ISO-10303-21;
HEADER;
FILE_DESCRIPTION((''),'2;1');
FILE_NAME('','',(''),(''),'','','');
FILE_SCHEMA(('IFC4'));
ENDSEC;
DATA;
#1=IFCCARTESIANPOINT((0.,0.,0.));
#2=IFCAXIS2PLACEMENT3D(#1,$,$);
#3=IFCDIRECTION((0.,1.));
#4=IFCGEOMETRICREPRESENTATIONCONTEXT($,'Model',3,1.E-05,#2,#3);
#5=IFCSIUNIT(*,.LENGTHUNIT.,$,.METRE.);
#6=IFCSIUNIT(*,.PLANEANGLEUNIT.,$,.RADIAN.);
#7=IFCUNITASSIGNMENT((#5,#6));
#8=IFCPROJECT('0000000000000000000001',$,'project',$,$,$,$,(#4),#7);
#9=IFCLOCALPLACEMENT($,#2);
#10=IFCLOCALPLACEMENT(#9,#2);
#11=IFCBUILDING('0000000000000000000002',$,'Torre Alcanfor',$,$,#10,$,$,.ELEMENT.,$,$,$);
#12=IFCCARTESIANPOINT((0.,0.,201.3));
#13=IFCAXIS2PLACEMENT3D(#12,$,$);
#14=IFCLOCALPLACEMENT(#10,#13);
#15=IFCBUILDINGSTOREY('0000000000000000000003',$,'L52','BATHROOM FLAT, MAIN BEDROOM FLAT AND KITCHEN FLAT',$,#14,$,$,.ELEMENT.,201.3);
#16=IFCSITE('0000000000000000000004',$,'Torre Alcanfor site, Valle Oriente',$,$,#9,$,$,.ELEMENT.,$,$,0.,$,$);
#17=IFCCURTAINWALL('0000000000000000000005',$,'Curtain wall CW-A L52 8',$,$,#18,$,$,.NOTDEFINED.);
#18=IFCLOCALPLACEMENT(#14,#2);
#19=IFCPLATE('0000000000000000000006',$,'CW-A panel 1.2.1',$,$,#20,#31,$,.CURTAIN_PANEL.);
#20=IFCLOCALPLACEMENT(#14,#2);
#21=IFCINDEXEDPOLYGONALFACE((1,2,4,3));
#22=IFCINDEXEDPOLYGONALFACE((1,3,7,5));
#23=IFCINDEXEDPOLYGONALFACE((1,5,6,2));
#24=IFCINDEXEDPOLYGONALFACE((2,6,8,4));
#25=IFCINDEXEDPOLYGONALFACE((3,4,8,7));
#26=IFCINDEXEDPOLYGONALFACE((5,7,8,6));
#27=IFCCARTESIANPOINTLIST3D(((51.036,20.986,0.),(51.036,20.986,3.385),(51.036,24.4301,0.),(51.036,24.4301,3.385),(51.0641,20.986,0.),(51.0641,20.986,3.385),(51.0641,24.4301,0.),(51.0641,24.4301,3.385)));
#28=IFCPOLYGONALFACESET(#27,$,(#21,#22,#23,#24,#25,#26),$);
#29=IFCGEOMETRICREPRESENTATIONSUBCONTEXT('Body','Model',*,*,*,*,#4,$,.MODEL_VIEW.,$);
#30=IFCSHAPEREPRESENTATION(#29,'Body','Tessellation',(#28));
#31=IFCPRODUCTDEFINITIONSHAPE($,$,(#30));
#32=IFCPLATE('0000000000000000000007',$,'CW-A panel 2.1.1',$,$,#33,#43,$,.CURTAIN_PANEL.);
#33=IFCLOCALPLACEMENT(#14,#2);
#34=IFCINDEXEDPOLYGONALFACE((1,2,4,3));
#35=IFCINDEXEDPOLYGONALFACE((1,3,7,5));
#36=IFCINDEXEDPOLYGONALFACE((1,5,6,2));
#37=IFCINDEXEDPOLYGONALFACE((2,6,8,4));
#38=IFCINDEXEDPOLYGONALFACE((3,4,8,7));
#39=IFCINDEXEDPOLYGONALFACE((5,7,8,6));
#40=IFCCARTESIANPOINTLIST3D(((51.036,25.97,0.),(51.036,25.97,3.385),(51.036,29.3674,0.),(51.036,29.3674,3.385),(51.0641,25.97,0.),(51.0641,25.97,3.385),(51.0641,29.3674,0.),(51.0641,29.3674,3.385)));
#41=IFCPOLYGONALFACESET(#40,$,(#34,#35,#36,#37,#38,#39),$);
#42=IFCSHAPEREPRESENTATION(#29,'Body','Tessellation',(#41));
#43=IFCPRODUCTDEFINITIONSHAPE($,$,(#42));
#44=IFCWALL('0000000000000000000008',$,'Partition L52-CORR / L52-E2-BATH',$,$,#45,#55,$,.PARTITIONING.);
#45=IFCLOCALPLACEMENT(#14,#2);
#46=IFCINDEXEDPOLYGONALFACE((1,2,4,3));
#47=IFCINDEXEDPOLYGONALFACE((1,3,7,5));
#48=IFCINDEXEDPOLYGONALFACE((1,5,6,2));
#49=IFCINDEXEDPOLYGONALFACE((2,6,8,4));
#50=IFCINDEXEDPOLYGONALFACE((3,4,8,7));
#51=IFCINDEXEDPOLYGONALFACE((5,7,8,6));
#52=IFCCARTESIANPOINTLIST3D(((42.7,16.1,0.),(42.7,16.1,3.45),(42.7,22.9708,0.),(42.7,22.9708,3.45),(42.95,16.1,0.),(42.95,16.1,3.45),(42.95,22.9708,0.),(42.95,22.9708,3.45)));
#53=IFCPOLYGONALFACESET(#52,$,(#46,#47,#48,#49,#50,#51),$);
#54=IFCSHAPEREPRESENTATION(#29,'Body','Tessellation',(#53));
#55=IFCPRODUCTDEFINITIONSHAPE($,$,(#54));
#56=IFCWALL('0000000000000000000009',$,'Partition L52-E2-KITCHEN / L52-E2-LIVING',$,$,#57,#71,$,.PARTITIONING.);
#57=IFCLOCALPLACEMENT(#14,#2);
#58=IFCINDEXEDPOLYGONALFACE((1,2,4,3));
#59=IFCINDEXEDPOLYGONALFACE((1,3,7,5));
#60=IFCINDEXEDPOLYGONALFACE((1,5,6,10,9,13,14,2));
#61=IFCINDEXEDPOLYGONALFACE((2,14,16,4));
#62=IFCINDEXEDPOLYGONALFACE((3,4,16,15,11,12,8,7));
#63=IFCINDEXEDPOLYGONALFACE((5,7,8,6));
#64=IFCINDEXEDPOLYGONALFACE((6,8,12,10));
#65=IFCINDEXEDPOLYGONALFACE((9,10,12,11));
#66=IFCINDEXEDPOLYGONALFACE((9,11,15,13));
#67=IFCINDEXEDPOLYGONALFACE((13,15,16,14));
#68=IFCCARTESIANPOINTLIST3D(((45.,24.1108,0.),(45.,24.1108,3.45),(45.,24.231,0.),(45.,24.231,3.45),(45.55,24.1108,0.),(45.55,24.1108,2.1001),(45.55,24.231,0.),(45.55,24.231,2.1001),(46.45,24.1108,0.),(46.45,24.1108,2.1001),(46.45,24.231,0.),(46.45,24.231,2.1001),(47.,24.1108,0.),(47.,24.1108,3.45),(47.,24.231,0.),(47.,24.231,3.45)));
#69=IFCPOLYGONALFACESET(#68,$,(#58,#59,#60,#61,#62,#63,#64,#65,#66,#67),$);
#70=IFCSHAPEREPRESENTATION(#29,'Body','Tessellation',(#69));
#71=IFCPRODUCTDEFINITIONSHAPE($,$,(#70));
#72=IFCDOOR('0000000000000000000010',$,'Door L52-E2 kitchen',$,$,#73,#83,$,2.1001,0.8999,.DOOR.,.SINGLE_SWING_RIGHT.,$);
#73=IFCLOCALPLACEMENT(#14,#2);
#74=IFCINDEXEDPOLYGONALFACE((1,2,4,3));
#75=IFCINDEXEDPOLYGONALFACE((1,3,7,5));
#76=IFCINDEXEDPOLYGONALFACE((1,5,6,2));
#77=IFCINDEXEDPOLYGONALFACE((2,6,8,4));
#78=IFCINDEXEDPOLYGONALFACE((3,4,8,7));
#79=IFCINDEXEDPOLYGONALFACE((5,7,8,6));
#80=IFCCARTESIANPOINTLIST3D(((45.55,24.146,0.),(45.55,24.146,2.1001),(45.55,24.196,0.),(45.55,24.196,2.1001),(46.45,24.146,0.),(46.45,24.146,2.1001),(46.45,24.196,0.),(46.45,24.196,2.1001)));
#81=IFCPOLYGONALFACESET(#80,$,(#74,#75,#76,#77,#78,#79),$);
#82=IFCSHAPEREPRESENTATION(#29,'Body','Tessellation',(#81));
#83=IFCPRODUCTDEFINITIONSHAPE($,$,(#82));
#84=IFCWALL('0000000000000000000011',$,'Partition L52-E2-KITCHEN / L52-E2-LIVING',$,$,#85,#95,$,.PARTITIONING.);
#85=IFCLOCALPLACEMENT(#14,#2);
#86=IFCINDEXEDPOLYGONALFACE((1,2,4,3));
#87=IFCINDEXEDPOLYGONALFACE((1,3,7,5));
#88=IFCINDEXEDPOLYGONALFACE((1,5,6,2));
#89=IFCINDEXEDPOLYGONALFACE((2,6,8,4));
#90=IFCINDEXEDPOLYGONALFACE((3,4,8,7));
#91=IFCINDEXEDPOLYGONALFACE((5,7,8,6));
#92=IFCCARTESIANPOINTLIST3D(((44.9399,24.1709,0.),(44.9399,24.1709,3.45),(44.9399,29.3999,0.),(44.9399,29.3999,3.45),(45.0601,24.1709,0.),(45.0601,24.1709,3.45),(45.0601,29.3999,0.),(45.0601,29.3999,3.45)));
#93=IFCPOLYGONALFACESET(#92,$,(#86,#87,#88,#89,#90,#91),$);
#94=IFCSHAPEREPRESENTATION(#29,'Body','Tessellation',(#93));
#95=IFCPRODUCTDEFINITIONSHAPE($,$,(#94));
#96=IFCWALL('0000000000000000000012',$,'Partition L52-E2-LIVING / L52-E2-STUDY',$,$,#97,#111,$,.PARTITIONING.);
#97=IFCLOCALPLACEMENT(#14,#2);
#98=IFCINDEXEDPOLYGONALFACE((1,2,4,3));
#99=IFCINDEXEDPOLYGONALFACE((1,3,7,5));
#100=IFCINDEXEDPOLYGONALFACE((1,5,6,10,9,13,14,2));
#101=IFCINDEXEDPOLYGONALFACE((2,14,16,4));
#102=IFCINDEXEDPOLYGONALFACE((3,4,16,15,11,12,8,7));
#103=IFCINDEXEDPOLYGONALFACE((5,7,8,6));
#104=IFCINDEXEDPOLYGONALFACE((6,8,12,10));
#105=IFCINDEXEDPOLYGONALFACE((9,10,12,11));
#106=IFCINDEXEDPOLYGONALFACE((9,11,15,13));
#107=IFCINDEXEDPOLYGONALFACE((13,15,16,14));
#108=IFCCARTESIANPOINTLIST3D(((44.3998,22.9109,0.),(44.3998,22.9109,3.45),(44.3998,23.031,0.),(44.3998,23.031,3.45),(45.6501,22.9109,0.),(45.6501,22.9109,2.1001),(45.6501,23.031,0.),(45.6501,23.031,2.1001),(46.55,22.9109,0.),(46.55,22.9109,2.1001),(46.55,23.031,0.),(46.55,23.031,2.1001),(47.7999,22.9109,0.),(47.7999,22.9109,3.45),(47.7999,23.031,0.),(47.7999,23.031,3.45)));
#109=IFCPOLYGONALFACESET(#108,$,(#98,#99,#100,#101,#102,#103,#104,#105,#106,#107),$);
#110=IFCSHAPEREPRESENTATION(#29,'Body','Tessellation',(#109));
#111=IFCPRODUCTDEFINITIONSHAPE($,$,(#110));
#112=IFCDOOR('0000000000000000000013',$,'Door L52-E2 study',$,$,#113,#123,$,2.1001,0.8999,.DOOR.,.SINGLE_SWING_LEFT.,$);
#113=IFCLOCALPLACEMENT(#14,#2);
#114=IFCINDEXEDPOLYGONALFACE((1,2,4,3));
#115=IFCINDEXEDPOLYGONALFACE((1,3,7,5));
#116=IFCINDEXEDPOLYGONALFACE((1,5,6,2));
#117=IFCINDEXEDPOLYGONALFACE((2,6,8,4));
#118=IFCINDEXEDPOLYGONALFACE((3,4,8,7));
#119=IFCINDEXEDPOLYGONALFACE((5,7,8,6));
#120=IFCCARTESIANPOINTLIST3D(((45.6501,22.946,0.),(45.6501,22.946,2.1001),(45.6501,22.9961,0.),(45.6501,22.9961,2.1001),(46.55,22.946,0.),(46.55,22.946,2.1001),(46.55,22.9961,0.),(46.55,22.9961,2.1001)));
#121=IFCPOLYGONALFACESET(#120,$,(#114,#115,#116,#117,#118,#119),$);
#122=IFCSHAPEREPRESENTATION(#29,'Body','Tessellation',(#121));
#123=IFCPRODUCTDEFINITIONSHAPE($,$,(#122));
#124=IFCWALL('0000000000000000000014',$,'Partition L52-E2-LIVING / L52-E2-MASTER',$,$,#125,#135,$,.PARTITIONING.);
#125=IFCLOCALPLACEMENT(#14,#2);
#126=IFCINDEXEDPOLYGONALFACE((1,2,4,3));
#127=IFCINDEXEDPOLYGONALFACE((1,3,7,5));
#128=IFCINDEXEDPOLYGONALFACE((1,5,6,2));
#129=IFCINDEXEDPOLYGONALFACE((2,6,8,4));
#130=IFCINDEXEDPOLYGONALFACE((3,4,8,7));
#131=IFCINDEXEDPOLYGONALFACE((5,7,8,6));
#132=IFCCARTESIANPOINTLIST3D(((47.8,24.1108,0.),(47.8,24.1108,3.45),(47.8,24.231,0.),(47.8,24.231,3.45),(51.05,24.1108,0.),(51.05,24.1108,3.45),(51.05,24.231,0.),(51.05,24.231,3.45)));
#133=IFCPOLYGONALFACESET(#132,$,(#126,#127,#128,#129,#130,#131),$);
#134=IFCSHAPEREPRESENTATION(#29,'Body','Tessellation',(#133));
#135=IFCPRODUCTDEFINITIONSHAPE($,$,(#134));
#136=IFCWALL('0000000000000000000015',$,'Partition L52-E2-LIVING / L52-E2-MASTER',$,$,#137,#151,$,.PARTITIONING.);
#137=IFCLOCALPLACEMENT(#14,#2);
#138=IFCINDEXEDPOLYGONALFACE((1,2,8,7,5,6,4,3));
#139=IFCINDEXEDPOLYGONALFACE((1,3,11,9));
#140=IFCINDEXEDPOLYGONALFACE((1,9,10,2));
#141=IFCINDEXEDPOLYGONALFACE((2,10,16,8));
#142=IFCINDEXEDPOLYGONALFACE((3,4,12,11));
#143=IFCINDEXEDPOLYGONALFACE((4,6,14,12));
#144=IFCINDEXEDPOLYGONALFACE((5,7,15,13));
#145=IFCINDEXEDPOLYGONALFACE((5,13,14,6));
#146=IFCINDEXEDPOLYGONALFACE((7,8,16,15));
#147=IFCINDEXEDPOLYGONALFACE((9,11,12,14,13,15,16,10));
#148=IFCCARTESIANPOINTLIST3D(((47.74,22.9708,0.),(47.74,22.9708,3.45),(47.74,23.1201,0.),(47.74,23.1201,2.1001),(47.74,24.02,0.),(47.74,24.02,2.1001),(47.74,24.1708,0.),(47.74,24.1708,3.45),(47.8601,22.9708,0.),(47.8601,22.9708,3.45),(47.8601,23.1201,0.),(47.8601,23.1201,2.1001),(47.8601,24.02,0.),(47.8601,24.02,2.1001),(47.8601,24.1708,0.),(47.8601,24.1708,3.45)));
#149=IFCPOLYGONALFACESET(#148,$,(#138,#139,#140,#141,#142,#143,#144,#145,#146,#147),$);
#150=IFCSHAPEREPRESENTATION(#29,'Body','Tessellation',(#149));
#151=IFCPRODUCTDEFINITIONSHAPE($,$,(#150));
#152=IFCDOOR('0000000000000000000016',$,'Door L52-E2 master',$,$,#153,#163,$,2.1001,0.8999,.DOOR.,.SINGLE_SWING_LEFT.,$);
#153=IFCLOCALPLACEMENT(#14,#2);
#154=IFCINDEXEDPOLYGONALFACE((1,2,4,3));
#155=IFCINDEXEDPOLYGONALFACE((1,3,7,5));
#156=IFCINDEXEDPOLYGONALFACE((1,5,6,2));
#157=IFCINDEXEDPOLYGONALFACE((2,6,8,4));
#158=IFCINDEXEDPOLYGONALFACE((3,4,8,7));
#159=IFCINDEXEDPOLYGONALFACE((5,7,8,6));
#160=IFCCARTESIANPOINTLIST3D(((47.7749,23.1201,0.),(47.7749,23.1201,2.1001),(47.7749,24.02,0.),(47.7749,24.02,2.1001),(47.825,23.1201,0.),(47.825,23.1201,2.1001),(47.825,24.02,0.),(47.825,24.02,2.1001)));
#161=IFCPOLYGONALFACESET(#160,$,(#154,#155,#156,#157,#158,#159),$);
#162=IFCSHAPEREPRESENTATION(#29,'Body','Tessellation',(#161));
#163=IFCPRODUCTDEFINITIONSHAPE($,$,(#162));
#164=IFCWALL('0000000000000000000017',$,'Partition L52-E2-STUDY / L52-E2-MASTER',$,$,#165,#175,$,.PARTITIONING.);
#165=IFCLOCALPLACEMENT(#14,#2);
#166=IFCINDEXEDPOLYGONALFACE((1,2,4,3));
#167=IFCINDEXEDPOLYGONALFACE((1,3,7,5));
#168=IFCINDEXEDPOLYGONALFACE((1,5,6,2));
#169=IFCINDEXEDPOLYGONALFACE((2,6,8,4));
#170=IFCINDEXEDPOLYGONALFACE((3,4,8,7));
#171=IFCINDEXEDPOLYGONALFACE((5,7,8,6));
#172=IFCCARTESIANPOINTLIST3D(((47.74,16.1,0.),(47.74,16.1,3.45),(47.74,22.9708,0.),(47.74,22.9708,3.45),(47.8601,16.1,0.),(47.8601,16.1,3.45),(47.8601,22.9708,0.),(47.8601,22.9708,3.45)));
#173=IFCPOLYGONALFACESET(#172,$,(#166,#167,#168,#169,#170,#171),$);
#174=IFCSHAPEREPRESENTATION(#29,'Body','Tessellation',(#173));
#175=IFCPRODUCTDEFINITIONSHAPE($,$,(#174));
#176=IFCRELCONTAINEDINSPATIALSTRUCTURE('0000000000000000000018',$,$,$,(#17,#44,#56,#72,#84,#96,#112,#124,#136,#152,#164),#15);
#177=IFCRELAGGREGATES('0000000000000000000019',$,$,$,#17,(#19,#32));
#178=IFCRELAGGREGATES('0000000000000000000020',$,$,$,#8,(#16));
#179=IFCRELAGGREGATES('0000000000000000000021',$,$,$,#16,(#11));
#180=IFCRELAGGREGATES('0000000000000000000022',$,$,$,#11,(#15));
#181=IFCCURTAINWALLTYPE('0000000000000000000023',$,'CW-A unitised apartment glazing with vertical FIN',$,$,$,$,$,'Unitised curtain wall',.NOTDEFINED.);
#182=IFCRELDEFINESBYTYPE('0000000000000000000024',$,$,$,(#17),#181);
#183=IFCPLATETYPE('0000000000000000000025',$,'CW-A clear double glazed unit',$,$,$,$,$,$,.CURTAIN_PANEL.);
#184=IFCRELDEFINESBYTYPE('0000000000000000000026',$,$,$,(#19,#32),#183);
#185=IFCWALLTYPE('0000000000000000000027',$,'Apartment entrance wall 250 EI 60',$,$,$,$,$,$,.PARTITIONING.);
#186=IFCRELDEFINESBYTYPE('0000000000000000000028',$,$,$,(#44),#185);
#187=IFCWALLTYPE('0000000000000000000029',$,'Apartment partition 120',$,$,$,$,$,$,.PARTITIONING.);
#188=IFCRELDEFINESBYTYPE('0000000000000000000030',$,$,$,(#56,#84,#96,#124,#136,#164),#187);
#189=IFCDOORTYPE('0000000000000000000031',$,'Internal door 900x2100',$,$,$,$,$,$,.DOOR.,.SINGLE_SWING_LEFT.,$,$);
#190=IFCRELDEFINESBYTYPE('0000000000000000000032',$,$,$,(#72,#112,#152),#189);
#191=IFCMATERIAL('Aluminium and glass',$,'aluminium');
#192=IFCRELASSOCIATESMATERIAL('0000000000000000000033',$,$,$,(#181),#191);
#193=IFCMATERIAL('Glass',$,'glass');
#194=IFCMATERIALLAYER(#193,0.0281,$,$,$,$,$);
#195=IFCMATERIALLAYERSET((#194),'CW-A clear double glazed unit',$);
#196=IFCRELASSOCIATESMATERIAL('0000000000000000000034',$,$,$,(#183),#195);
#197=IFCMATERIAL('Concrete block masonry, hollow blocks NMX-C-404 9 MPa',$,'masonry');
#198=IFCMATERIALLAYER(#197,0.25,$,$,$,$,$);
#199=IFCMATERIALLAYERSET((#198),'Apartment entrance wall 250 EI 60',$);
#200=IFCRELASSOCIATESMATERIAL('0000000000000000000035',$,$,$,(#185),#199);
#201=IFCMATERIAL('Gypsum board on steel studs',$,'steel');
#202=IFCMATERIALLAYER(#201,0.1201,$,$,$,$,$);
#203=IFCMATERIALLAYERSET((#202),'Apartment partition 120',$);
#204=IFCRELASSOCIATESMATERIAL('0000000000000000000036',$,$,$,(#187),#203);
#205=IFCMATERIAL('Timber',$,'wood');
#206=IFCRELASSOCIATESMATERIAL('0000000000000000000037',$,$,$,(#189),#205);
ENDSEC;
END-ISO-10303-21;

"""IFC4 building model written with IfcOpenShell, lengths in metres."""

from ifc_helpers import new_model, si_unit, direction, frame, frame_2d, origin, origin_2d, place, context, subcontext, project, spatial, rectangle, extrude, material, layer, layer_set, type_object, element, fill, aggregate, save


model = new_model("IFC4")

# Units and contexts
model_context = context("Model", 3, precision=1e-05, world=origin(), true_north=direction((0.0, 1.0)))
body_context = subcontext(model_context, "Body", "Model", "MODEL_VIEW")
ifc_project = project(units=[si_unit("LENGTHUNIT", "METRE"), si_unit("PLANEANGLEUNIT", "RADIAN")], contexts=[model_context])

# Site, building, storey
site_placement = place(None, origin())
site = spatial("IfcSite", under=ifc_project, at=site_placement, Name="Torre Alcanfor site, Valle Oriente", CompositionType="ELEMENT", RefElevation=0.0)
building_placement = place(site_placement, origin())
building = spatial("IfcBuilding", under=site, at=building_placement, Name="Torre Alcanfor", CompositionType="ELEMENT")
storey_placement = place(building_placement, frame((0.0, 0.0, 201.3)))
storey = spatial("IfcBuildingStorey", under=building, at=storey_placement, Name="L52", Description="BATHROOM FLAT, MAIN BEDROOM FLAT AND KITCHEN FLAT", CompositionType="ELEMENT", Elevation=201.3)

# Curtain wall
ifc_material_1 = material(Name="Aluminium and glass", Category="aluminium")
curtain_wall_type = type_object("IfcCurtainWallType", Name="CW-A unitised apartment glazing with vertical FIN", ElementType="Unitised curtain wall", PredefinedType="NOTDEFINED", material=ifc_material_1)
curtain_wall_placement = place(storey_placement, origin())
curtain_wall = element("IfcCurtainWall", 1, at=curtain_wall_placement, inside=storey, type_object=curtain_wall_type, Name="Curtain wall CW-A L52 8", PredefinedType="NOTDEFINED")

# Plates
ifc_material_2 = material(Name="Glass", Category="glass")
ifc_layer_1 = layer(ifc_material_2, 0.0281)
ifc_layer_set_1 = layer_set([ifc_layer_1], Name="CW-A clear double glazed unit")
plate_type = type_object("IfcPlateType", Name="CW-A clear double glazed unit", PredefinedType="CURTAIN_PANEL", material=ifc_layer_set_1)
plate_1_placement = place(storey_placement, frame((51.05, 22.708, 0.0), z_axis=(0.0, 0.0, 1.0), x_axis=(0.0, 1.0, 0.0)))
plate_1 = element("IfcPlate", 2, at=plate_1_placement, type_object=plate_type, Name="CW-A panel 1.2.1", PredefinedType="CURTAIN_PANEL", context=body_context, shape_type="SweptSolid", body=[
    extrude(rectangle(XDim=3.4441, YDim=0.0281, at=origin_2d()), origin(), (0.0, 0.0, 1.0), 3.385),
])
plate_2_placement = place(storey_placement, frame((51.05, 27.6687, 0.0), z_axis=(0.0, 0.0, 1.0), x_axis=(0.0, 1.0, 0.0)))
plate_2 = element("IfcPlate", 3, at=plate_2_placement, type_object=plate_type, Name="CW-A panel 2.1.1", PredefinedType="CURTAIN_PANEL", context=body_context, shape_type="SweptSolid", body=[
    extrude(rectangle(XDim=3.3975, YDim=0.0281, at=origin_2d()), origin(), (0.0, 0.0, 1.0), 3.385),
])
aggregate(curtain_wall, [plate_1, plate_2])

# Wall
ifc_material_3 = material(Name="Concrete block masonry, hollow blocks NMX-C-404 9 MPa", Category="masonry")
ifc_layer_2 = layer(ifc_material_3, 0.25)
ifc_layer_set_2 = layer_set([ifc_layer_2], Name="Apartment entrance wall 250 EI 60")
wall_type_1 = type_object("IfcWallType", Name="Apartment entrance wall 250 EI 60", PredefinedType="PARTITIONING", material=ifc_layer_set_2)
wall_1_placement = place(storey_placement, frame((42.825, 22.9709, 0.0), z_axis=(0.0, 0.0, 1.0), x_axis=(0.0, -1.0, 0.0)))
element("IfcWall", 4, at=wall_1_placement, inside=storey, type_object=wall_type_1, Name="Partition L52-CORR / L52-E2-BATH", PredefinedType="PARTITIONING", context=body_context, shape_type="SweptSolid", body=[
    extrude(rectangle(XDim=6.8708, YDim=0.25, at=frame_2d((3.4355, 0.0))), origin(), (0.0, 0.0, 1.0), 3.45),
])

# Wall, opening, door
ifc_material_4 = material(Name="Gypsum board on steel studs", Category="steel")
ifc_layer_3 = layer(ifc_material_4, 0.1201)
ifc_layer_set_3 = layer_set([ifc_layer_3], Name="Apartment partition 120")
wall_type_2 = type_object("IfcWallType", Name="Apartment partition 120", PredefinedType="PARTITIONING", material=ifc_layer_set_3)
wall_2_placement = place(storey_placement, frame((47.0, 24.1709, 0.0), z_axis=(0.0, 0.0, 1.0), x_axis=(-1.0, 0.0, 0.0)))
wall_2 = element("IfcWall", 5, at=wall_2_placement, inside=storey, type_object=wall_type_2, Name="Partition L52-E2-KITCHEN / L52-E2-LIVING", PredefinedType="PARTITIONING", context=body_context, shape_type="SweptSolid", body=[
    extrude(rectangle(XDim=2.0, YDim=0.1201, at=frame_2d((1.0, 0.0))), origin(), (0.0, 0.0, 1.0), 3.45),
])
opening_1_placement = place(wall_2_placement, frame((0.55, 0.0, 0.0)))
opening_1 = element("IfcOpeningElement", 6, at=opening_1_placement, cuts=wall_2, PredefinedType="OPENING", context=body_context, shape_type="SweptSolid", body=[
    extrude(rectangle(XDim=0.8999, YDim=2.1001, at=frame_2d((0.45, 1.05))), frame((0.0, 0.0701, 0.0), z_axis=(0.0, -1.0, 0.0), x_axis=(1.0, 0.0, 0.0)), (0.0, 0.0, 1.0), 0.1401),
])
ifc_material_5 = material(Name="Timber", Category="wood")
door_type_1 = type_object("IfcDoorType", Name="Internal door 900x2100", OperationType="SINGLE_SWING_LEFT", PredefinedType="DOOR", material=ifc_material_5)
door_1_placement = place(opening_1_placement, frame((0.8999, 0.0, 0.0), z_axis=(0.0, 0.0, 1.0), x_axis=(-1.0, 0.0, 0.0)))
door_1 = element("IfcDoor", 7, at=door_1_placement, inside=storey, type_object=door_type_1, Name="Door L52-E2 kitchen", OperationType="SINGLE_SWING_RIGHT", OverallHeight=2.1001, OverallWidth=0.8999, PredefinedType="DOOR", context=body_context, shape_type="SweptSolid", body=[
    extrude(rectangle(XDim=0.8999, YDim=2.1001, at=frame_2d((0.45, 1.05))), frame((0.0, 0.0251, 0.0), z_axis=(0.0, -1.0, 0.0), x_axis=(1.0, 0.0, 0.0)), (0.0, 0.0, 1.0), 0.05),
])
fill(opening_1, door_1)

# Wall
wall_3_placement = place(storey_placement, frame((45.0, 24.1709, 0.0), z_axis=(0.0, 0.0, 1.0), x_axis=(0.0, 1.0, 0.0)))
element("IfcWall", 8, at=wall_3_placement, inside=storey, type_object=wall_type_2, Name="Partition L52-E2-KITCHEN / L52-E2-LIVING", PredefinedType="PARTITIONING", context=body_context, shape_type="SweptSolid", body=[
    extrude(rectangle(XDim=5.229, YDim=0.1201, at=frame_2d((2.6145, 0.0))), origin(), (0.0, 0.0, 1.0), 3.45),
])

# Wall, opening, door
wall_4_placement = place(storey_placement, frame((47.8, 22.9709, 0.0), z_axis=(0.0, 0.0, 1.0), x_axis=(-1.0, 0.0, 0.0)))
wall_4 = element("IfcWall", 9, at=wall_4_placement, inside=storey, type_object=wall_type_2, Name="Partition L52-E2-LIVING / L52-E2-STUDY", PredefinedType="PARTITIONING", context=body_context, shape_type="SweptSolid", body=[
    extrude(rectangle(XDim=3.4001, YDim=0.1201, at=frame_2d((1.7002, 0.0))), origin(), (0.0, 0.0, 1.0), 3.45),
])
opening_2_placement = place(wall_4_placement, frame((1.25, 0.0, 0.0)))
opening_2 = element("IfcOpeningElement", 10, at=opening_2_placement, cuts=wall_4, PredefinedType="OPENING", context=body_context, shape_type="SweptSolid", body=[
    extrude(rectangle(XDim=0.8999, YDim=2.1001, at=frame_2d((0.45, 1.05))), frame((0.0, 0.0701, 0.0), z_axis=(0.0, -1.0, 0.0), x_axis=(1.0, 0.0, 0.0)), (0.0, 0.0, 1.0), 0.1401),
])
door_2_placement = place(opening_2_placement, origin())
door_2 = element("IfcDoor", 11, at=door_2_placement, inside=storey, type_object=door_type_1, Name="Door L52-E2 study", OperationType="SINGLE_SWING_LEFT", OverallHeight=2.1001, OverallWidth=0.8999, PredefinedType="DOOR", context=body_context, shape_type="SweptSolid", body=[
    extrude(rectangle(XDim=0.8999, YDim=2.1001, at=frame_2d((0.45, 1.05))), frame((0.0, 0.0249, 0.0), z_axis=(0.0, -1.0, 0.0), x_axis=(1.0, 0.0, 0.0)), (0.0, 0.0, 1.0), 0.05),
])
fill(opening_2, door_2)

# Wall
wall_5_placement = place(storey_placement, frame((51.05, 24.1709, 0.0), z_axis=(0.0, 0.0, 1.0), x_axis=(-1.0, 0.0, 0.0)))
element("IfcWall", 12, at=wall_5_placement, inside=storey, type_object=wall_type_2, Name="Partition L52-E2-LIVING / L52-E2-MASTER", PredefinedType="PARTITIONING", context=body_context, shape_type="SweptSolid", body=[
    extrude(rectangle(XDim=3.25, YDim=0.1201, at=frame_2d((1.625, 0.0))), origin(), (0.0, 0.0, 1.0), 3.45),
])

# Wall, opening, door
wall_6_placement = place(storey_placement, frame((47.8, 24.1709, 0.0), z_axis=(0.0, 0.0, 1.0), x_axis=(0.0, -1.0, 0.0)))
wall_6 = element("IfcWall", 13, at=wall_6_placement, inside=storey, type_object=wall_type_2, Name="Partition L52-E2-LIVING / L52-E2-MASTER", PredefinedType="PARTITIONING", context=body_context, shape_type="SweptSolid", body=[
    extrude(rectangle(XDim=1.2, YDim=0.1201, at=frame_2d((0.6001, 0.0))), origin(), (0.0, 0.0, 1.0), 3.45),
])
opening_3_placement = place(wall_6_placement, frame((0.1509, 0.0, 0.0)))
opening_3 = element("IfcOpeningElement", 14, at=opening_3_placement, cuts=wall_6, PredefinedType="OPENING", context=body_context, shape_type="SweptSolid", body=[
    extrude(rectangle(XDim=0.8999, YDim=2.1001, at=frame_2d((0.45, 1.05))), frame((0.0, 0.0701, 0.0), z_axis=(0.0, -1.0, 0.0), x_axis=(1.0, 0.0, 0.0)), (0.0, 0.0, 1.0), 0.1401),
])
door_3_placement = place(opening_3_placement, origin())
door_3 = element("IfcDoor", 15, at=door_3_placement, inside=storey, type_object=door_type_1, Name="Door L52-E2 master", OperationType="SINGLE_SWING_LEFT", OverallHeight=2.1001, OverallWidth=0.8999, PredefinedType="DOOR", context=body_context, shape_type="SweptSolid", body=[
    extrude(rectangle(XDim=0.8999, YDim=2.1001, at=frame_2d((0.45, 1.05))), frame((0.0, 0.0249, 0.0), z_axis=(0.0, -1.0, 0.0), x_axis=(1.0, 0.0, 0.0)), (0.0, 0.0, 1.0), 0.05),
])
fill(opening_3, door_3)

# Wall
wall_7_placement = place(storey_placement, frame((47.8, 22.9709, 0.0), z_axis=(0.0, 0.0, 1.0), x_axis=(0.0, -1.0, 0.0)))
element("IfcWall", 16, at=wall_7_placement, inside=storey, type_object=wall_type_2, Name="Partition L52-E2-STUDY / L52-E2-MASTER", PredefinedType="PARTITIONING", context=body_context, shape_type="SweptSolid", body=[
    extrude(rectangle(XDim=6.8708, YDim=0.1201, at=frame_2d((3.4355, 0.0))), origin(), (0.0, 0.0, 1.0), 3.45),
])

save(model, "model.ifc")
